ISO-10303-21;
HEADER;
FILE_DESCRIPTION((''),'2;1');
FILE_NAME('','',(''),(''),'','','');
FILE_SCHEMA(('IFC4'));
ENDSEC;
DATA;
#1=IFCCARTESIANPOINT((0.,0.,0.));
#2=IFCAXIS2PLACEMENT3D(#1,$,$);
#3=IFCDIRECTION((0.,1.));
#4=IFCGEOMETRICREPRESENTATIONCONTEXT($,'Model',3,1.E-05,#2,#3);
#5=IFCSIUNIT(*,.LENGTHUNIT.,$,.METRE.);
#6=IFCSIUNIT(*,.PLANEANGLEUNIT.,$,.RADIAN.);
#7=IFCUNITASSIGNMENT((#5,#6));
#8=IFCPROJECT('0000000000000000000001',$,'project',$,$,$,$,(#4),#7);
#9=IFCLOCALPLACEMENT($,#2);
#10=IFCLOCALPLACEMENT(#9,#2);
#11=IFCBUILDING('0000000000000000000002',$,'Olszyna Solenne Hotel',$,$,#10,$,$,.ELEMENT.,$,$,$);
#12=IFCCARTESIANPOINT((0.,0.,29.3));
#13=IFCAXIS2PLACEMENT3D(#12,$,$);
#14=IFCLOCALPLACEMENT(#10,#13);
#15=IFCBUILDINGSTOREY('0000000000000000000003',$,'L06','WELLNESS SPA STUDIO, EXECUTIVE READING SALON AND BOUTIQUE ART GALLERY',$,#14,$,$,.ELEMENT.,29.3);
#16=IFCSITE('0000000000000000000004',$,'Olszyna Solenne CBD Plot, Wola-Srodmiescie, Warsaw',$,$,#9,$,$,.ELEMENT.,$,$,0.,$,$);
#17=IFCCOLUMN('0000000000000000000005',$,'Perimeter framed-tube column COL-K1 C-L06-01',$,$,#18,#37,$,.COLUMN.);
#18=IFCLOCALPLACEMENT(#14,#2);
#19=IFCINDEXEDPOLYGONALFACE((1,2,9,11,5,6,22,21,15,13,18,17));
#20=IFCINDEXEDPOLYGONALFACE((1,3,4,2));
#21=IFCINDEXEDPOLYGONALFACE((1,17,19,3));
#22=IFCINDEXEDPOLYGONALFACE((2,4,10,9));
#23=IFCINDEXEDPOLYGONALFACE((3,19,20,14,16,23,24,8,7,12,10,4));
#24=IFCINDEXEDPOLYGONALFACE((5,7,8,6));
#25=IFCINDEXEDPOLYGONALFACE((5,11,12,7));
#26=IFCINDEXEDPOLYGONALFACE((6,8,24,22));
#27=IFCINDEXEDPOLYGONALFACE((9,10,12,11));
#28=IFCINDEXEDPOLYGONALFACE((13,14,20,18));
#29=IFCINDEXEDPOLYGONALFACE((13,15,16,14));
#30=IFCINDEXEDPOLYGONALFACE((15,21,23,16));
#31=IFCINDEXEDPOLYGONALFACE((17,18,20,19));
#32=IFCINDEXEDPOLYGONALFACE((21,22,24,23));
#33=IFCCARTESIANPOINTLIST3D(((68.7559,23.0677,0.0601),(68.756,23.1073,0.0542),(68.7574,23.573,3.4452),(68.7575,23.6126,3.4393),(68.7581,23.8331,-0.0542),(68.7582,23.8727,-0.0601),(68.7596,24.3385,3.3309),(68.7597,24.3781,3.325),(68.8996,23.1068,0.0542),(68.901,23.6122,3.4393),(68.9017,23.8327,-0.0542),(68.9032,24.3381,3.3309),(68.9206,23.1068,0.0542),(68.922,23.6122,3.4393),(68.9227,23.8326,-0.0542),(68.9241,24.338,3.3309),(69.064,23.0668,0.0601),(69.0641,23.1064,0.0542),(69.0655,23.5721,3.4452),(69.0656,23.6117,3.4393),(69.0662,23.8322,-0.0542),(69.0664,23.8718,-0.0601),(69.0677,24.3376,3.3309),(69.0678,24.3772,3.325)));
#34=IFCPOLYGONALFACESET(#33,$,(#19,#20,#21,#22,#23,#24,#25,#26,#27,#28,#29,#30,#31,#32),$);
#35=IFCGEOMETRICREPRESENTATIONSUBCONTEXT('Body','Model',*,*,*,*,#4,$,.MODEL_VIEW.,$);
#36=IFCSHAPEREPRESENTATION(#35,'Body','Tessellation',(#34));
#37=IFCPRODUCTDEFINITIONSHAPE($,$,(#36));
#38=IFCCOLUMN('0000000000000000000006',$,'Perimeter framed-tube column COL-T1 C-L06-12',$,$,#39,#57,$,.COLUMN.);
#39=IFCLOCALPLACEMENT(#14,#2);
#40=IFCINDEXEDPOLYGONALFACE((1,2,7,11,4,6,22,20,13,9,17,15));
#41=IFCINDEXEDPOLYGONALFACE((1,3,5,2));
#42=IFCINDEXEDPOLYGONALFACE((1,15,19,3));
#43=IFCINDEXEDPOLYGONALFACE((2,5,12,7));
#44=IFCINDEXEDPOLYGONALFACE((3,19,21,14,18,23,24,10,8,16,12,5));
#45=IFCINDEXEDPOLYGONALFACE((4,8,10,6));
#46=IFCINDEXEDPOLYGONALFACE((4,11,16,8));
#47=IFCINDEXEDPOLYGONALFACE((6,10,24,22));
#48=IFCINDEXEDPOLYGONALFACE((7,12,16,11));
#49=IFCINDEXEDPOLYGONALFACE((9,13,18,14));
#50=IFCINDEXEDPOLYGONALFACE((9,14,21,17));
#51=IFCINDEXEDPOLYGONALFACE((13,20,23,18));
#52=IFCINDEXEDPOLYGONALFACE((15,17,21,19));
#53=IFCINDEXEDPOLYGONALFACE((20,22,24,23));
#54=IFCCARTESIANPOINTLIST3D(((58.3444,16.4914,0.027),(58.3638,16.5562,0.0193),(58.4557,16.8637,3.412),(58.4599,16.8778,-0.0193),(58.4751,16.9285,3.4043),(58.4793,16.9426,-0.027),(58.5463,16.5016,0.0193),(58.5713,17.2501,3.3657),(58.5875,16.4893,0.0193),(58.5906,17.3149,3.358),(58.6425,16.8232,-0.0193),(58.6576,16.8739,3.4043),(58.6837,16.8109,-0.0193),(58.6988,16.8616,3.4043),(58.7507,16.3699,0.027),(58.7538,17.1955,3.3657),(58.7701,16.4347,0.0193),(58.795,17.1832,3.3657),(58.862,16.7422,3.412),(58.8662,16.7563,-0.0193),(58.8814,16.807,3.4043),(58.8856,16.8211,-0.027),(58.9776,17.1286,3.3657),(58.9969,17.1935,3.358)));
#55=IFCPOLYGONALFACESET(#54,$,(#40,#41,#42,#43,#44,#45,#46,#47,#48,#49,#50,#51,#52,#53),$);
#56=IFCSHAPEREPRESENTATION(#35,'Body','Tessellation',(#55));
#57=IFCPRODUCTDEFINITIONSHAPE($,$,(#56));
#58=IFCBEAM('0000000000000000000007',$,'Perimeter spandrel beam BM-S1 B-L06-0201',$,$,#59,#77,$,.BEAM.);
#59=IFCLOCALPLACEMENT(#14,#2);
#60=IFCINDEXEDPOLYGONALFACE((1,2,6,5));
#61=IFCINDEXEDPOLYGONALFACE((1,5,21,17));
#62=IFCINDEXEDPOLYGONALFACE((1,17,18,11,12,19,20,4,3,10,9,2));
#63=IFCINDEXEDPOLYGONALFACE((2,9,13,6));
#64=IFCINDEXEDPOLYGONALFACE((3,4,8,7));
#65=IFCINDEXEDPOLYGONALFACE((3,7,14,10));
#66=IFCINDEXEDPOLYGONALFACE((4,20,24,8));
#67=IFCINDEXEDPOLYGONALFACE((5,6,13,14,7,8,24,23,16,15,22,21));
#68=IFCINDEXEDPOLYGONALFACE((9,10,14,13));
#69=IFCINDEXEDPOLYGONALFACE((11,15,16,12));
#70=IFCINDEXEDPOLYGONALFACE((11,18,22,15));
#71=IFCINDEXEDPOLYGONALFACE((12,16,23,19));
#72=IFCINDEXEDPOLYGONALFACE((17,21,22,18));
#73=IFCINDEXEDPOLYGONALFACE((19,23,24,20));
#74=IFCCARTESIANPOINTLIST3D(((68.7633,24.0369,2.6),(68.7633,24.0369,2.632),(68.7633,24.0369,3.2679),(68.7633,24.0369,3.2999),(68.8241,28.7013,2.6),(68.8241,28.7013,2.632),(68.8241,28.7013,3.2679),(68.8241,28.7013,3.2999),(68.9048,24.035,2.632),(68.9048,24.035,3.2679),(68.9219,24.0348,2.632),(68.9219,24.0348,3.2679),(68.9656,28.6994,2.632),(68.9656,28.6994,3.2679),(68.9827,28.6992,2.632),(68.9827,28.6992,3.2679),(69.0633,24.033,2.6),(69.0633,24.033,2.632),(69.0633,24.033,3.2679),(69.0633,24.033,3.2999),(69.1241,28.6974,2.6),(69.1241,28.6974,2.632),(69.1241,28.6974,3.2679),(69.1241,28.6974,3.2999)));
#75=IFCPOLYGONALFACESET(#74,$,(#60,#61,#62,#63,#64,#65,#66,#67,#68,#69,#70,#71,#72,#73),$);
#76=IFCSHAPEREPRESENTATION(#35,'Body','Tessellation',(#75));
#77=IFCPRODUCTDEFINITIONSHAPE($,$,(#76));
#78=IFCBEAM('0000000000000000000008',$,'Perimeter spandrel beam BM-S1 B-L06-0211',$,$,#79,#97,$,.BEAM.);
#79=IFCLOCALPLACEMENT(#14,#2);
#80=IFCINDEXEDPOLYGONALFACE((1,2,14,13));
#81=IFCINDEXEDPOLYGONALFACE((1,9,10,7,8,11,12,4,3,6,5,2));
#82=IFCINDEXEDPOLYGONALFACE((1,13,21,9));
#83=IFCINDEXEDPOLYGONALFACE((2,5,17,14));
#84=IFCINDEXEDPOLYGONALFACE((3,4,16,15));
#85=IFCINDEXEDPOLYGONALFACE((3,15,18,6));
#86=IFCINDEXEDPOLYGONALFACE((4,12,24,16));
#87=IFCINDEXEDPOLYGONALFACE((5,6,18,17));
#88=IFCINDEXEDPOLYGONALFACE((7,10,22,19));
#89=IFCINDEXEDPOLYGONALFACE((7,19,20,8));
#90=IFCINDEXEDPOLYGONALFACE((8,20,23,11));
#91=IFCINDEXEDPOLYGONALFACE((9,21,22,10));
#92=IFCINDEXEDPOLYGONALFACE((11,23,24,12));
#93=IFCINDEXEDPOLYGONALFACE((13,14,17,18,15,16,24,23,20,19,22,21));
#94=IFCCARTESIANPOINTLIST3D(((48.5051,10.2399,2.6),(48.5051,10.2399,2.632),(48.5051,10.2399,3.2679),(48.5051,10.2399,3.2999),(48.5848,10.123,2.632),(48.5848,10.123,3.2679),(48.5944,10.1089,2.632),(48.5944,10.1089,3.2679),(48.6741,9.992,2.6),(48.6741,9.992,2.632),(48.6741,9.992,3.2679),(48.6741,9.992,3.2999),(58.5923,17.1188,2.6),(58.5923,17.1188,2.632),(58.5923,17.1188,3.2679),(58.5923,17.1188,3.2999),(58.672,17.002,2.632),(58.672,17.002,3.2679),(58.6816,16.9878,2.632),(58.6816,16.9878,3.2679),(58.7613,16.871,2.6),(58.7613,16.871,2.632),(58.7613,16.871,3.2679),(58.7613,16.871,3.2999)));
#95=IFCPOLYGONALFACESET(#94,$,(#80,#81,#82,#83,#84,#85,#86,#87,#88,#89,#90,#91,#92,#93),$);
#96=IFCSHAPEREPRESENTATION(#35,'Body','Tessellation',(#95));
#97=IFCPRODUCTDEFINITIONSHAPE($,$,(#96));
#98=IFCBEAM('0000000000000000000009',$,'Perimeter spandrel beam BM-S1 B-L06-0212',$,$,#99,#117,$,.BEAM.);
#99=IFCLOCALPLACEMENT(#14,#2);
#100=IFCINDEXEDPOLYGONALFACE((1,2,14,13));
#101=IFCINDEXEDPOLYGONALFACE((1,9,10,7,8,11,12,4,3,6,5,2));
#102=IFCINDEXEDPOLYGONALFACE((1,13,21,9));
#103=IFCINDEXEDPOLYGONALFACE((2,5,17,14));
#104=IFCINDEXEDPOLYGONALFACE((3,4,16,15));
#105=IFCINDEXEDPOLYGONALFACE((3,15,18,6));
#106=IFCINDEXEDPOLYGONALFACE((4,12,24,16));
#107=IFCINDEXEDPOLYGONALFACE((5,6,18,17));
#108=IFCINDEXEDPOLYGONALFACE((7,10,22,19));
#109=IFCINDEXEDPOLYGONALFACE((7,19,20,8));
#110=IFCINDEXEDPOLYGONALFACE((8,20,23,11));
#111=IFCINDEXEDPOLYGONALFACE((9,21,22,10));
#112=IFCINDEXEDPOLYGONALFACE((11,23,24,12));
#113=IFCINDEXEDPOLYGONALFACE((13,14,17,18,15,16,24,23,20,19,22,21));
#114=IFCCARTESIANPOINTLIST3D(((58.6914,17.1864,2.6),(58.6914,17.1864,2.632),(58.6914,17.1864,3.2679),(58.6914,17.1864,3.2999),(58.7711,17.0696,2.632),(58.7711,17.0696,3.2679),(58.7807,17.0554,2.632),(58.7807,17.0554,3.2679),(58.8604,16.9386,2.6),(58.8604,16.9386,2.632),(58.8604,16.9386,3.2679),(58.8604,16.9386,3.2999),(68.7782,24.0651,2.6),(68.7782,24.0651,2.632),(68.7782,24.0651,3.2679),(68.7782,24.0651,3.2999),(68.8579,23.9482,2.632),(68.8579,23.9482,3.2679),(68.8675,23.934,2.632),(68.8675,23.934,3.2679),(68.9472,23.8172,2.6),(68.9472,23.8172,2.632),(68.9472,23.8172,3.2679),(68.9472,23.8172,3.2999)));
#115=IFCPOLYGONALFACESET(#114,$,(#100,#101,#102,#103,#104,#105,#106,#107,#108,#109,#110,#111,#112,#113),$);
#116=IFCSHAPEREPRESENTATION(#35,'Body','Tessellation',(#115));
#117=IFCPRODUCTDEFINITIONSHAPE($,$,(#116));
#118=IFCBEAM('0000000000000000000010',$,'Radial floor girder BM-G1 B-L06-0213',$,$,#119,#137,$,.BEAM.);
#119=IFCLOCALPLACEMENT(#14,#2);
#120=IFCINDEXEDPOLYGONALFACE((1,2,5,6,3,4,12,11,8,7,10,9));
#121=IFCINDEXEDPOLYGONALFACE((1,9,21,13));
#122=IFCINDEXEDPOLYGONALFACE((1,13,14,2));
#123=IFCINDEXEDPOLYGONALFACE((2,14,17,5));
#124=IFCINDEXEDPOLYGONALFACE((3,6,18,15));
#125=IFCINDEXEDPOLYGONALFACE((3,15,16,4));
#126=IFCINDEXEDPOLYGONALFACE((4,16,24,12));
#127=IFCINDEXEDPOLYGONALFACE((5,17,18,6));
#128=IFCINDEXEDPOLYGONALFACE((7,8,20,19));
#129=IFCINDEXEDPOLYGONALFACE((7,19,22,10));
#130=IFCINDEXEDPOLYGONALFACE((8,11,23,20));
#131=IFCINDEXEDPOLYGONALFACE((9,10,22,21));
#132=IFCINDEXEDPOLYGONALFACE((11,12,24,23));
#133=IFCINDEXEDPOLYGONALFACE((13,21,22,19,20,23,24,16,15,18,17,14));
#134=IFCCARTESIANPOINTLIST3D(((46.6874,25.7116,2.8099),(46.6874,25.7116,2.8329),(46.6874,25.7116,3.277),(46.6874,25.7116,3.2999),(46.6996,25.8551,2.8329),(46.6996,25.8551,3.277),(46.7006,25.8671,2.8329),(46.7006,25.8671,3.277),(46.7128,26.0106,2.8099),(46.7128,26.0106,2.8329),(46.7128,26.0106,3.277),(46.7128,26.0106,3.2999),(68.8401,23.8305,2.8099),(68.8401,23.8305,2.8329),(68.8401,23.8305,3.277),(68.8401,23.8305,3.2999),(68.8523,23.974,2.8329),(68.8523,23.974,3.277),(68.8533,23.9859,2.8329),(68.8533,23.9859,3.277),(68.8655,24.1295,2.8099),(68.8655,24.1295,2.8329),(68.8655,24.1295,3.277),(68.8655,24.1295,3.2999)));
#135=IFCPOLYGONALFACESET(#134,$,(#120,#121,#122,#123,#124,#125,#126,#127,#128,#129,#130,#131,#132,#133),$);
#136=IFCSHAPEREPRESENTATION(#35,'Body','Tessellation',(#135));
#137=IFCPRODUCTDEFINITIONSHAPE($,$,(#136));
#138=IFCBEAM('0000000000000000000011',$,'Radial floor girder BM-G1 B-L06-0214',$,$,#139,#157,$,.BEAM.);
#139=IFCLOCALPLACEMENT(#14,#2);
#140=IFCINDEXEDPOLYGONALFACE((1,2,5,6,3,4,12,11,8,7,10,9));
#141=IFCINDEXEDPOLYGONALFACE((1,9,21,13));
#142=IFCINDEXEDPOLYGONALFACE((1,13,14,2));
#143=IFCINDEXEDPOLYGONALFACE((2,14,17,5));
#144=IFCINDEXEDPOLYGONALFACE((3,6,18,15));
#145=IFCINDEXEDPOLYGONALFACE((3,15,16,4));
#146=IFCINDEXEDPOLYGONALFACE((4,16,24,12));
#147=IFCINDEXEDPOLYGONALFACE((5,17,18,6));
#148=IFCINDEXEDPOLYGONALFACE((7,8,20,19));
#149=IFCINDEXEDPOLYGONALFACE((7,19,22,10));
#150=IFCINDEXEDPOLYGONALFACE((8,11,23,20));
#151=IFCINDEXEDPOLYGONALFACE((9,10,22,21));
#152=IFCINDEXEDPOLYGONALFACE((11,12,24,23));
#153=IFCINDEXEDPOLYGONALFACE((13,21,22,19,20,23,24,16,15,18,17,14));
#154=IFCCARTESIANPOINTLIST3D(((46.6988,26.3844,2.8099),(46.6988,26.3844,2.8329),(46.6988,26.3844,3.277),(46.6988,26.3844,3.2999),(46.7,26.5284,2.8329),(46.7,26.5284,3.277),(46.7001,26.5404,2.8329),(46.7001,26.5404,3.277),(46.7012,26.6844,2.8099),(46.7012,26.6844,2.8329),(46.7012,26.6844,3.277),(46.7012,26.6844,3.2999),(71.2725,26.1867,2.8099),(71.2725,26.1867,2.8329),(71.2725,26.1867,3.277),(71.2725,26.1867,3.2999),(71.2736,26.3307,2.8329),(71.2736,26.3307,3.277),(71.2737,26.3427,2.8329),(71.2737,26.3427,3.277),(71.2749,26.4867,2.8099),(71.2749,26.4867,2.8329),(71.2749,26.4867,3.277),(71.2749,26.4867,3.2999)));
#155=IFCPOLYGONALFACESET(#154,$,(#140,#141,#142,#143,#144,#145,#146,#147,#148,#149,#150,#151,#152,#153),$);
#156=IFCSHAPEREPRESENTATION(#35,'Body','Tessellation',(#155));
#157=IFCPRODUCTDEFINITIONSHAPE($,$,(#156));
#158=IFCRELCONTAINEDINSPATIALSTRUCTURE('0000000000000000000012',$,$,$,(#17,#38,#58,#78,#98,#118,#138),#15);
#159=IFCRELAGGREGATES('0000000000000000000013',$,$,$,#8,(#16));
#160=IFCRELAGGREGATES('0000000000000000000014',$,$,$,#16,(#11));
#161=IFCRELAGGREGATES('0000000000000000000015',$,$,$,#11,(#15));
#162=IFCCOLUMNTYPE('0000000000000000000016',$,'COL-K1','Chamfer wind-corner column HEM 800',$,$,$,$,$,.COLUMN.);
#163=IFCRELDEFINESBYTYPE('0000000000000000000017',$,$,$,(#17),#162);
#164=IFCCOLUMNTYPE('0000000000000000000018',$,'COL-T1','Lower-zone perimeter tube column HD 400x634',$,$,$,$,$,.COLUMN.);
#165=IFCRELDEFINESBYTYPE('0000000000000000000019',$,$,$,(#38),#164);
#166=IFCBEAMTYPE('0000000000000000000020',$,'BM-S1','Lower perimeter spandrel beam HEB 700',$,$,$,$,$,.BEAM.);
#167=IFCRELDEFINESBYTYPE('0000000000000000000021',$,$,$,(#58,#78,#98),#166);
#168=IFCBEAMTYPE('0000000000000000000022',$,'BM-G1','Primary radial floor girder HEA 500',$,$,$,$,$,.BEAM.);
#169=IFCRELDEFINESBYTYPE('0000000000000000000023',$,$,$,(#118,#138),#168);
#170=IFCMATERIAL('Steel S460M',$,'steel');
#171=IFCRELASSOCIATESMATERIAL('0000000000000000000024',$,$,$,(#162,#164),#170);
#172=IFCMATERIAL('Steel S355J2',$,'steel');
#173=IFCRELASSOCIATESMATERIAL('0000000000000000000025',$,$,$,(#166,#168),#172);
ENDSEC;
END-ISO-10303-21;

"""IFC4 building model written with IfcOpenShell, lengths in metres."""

from ifc_helpers import new_model, si_unit, direction, frame, origin, origin_2d, place, context, subcontext, project, spatial, i_section, extrude, source, transform, mapped, material, material_profile, profile_set, type_object, element, save


model = new_model("IFC4")

# Units and contexts
model_context = context("Model", 3, precision=1e-05, world=origin(), true_north=direction((0.0, 1.0)))
body_context = subcontext(model_context, "Body", "Model", "MODEL_VIEW")
ifc_project = project(units=[si_unit("LENGTHUNIT", "METRE"), si_unit("PLANEANGLEUNIT", "RADIAN")], contexts=[model_context])

# Site, building, storey
site_placement = place(None, origin())
site = spatial("IfcSite", under=ifc_project, at=site_placement, Name="Olszyna Solenne CBD Plot, Wola-Srodmiescie, Warsaw", CompositionType="ELEMENT", RefElevation=0.0)
building_placement = place(site_placement, origin())
building = spatial("IfcBuilding", under=site, at=building_placement, Name="Olszyna Solenne Hotel", CompositionType="ELEMENT")
storey_placement = place(building_placement, frame((0.0, 0.0, 29.3)))
storey = spatial("IfcBuildingStorey", under=building, at=storey_placement, Name="L06", Description="WELLNESS SPA STUDIO, EXECUTIVE READING SALON AND BOUTIQUE ART GALLERY", CompositionType="ELEMENT", Elevation=29.3)

# Columns
ifc_material_1 = material(Name="Steel S460M", Category="steel")
ifc_material_profile_1 = material_profile(ifc_material_1, i_section(OverallWidth=0.3081, OverallDepth=0.814, WebThickness=0.021, FlangeThickness=0.04, at=origin_2d()), Name="HEM 800", Category="load-bearing")
ifc_profile_set_1 = profile_set([ifc_material_profile_1], Name="Steel S460M")
column_type_1 = type_object("IfcColumnType", Name="COL-K1", Description="Chamfer wind-corner column HEM 800", PredefinedType="COLUMN", material=ifc_profile_set_1)
shared_shape_1 = source(origin(), body_context, "Body", "SweptSolid", [
    extrude(i_section(OverallWidth=0.3081, OverallDepth=0.814, WebThickness=0.021, FlangeThickness=0.04, at=origin_2d()), origin(), (0.0, 0.0, 1.0), 3.4226),
])
column_1_placement = place(storey_placement, frame((68.9111, 23.4697, 0.0), z_axis=(0.000428, 0.14766, 0.989038), x_axis=(-0.999996, 0.002899, 0.0)))
element("IfcColumn", 1, at=column_1_placement, inside=storey, type_object=column_type_1, Name="Perimeter framed-tube column COL-K1 C-L06-01", PredefinedType="COLUMN", context=body_context, shape_type="MappedRepresentation", body=[
    mapped(shared_shape_1, transform((0.0, 0.0, 0.0), x_axis=(1.0, 0.0, 0.0), y_axis=(0.0, 1.0, 0.0), z_axis=(0.0, 0.0, 1.0), scale=1.0)),
])
ifc_material_profile_2 = material_profile(ifc_material_1, i_section(OverallWidth=0.4241, OverallDepth=0.4741, WebThickness=0.043, FlangeThickness=0.0681, at=origin_2d()), Name="HD 400x634", Category="load-bearing")
ifc_profile_set_2 = profile_set([ifc_material_profile_2], Name="Steel S460M")
column_type_2 = type_object("IfcColumnType", Name="COL-T1", Description="Lower-zone perimeter tube column HD 400x634", PredefinedType="COLUMN", material=ifc_profile_set_2)
shared_shape_2 = source(origin(), body_context, "Body", "SweptSolid", [
    extrude(i_section(OverallWidth=0.4241, OverallDepth=0.4741, WebThickness=0.043, FlangeThickness=0.0681, at=origin_2d()), origin(), (0.0, 0.0, 1.0), 3.4072),
])
column_2_placement = place(storey_placement, frame((58.615, 16.6562, 0.0), z_axis=(0.032674, 0.109271, 0.993475), x_axis=(-0.958085, 0.286483, 0.0)))
element("IfcColumn", 2, at=column_2_placement, inside=storey, type_object=column_type_2, Name="Perimeter framed-tube column COL-T1 C-L06-12", PredefinedType="COLUMN", context=body_context, shape_type="MappedRepresentation", body=[
    mapped(shared_shape_2, transform((0.0, 0.0, 0.0), x_axis=(1.0, 0.0, 0.0), y_axis=(0.0, 1.0, 0.0), z_axis=(0.0, 0.0, 1.0), scale=1.0)),
])

# Beams
ifc_material_2 = material(Name="Steel S355J2", Category="steel")
ifc_material_profile_3 = material_profile(ifc_material_2, i_section(OverallWidth=0.3, OverallDepth=0.7, WebThickness=0.0171, FlangeThickness=0.032, at=origin_2d()), Name="HEB 700", Category="load-bearing")
ifc_profile_set_3 = profile_set([ifc_material_profile_3], Name="Steel S355J2")
beam_type_1 = type_object("IfcBeamType", Name="BM-S1", Description="Lower perimeter spandrel beam HEB 700", PredefinedType="BEAM", material=ifc_profile_set_3)
shared_shape_3 = source(origin(), body_context, "Body", "SweptSolid", [
    extrude(i_section(OverallWidth=0.3, OverallDepth=0.7, WebThickness=0.0171, FlangeThickness=0.032, at=origin_2d()), origin(), (0.0, 0.0, 1.0), 4.6648),
])
beam_1_placement = place(storey_placement, frame((68.9133, 24.0349, 2.95), z_axis=(0.013032, 0.999915, 0.0), x_axis=(-0.999915, 0.013032, 0.0)))
element("IfcBeam", 3, at=beam_1_placement, inside=storey, type_object=beam_type_1, Name="Perimeter spandrel beam BM-S1 B-L06-0201", PredefinedType="BEAM", context=body_context, shape_type="MappedRepresentation", body=[
    mapped(shared_shape_3, transform((0.0, 0.0, 0.0), x_axis=(1.0, 0.0, 0.0), y_axis=(0.0, 1.0, 0.0), z_axis=(0.0, 0.0, 1.0), scale=1.0)),
])
shared_shape_4 = source(origin(), body_context, "Body", "SweptSolid", [
    extrude(i_section(OverallWidth=0.3, OverallDepth=0.7, WebThickness=0.0171, FlangeThickness=0.032, at=origin_2d()), origin(), (0.0, 0.0, 1.0), 12.2095),
])
beam_2_placement = place(storey_placement, frame((48.5896, 10.116, 2.95), z_axis=(0.826178, 0.563409, 0.0), x_axis=(-0.563409, 0.826178, 0.0)))
element("IfcBeam", 4, at=beam_2_placement, inside=storey, type_object=beam_type_1, Name="Perimeter spandrel beam BM-S1 B-L06-0211", PredefinedType="BEAM", context=body_context, shape_type="MappedRepresentation", body=[
    mapped(shared_shape_4, transform((0.0, 0.0, 0.0), x_axis=(1.0, 0.0, 0.0), y_axis=(0.0, 1.0, 0.0), z_axis=(0.0, 0.0, 1.0), scale=1.0)),
])
shared_shape_5 = source(origin(), body_context, "Body", "SweptSolid", [
    extrude(i_section(OverallWidth=0.3, OverallDepth=0.7, WebThickness=0.0171, FlangeThickness=0.032, at=origin_2d()), origin(), (0.0, 0.0, 1.0), 12.209),
])
beam_3_placement = place(storey_placement, frame((58.7759, 17.0625, 2.95), z_axis=(0.826181, 0.563405, 0.0), x_axis=(-0.563405, 0.826181, 0.0)))
element("IfcBeam", 5, at=beam_3_placement, inside=storey, type_object=beam_type_1, Name="Perimeter spandrel beam BM-S1 B-L06-0212", PredefinedType="BEAM", context=body_context, shape_type="MappedRepresentation", body=[
    mapped(shared_shape_5, transform((0.0, 0.0, 0.0), x_axis=(1.0, 0.0, 0.0), y_axis=(0.0, 1.0, 0.0), z_axis=(0.0, 0.0, 1.0), scale=1.0)),
])
ifc_material_profile_4 = material_profile(ifc_material_2, i_section(OverallWidth=0.3, OverallDepth=0.49, WebThickness=0.012, FlangeThickness=0.0229, at=origin_2d()), Name="HEA 500", Category="load-bearing")
ifc_profile_set_4 = profile_set([ifc_material_profile_4], Name="Steel S355J2")
beam_type_2 = type_object("IfcBeamType", Name="BM-G1", Description="Primary radial floor girder HEA 500", PredefinedType="BEAM", material=ifc_profile_set_4)
shared_shape_6 = source(origin(), body_context, "Body", "SweptSolid", [
    extrude(i_section(OverallWidth=0.3, OverallDepth=0.49, WebThickness=0.012, FlangeThickness=0.0229, at=origin_2d()), origin(), (0.0, 0.0, 1.0), 22.2324),
])
beam_4_placement = place(storey_placement, frame((68.8528, 23.98, 3.0549), z_axis=(-0.996414, 0.084611, 0.0), x_axis=(-0.084611, -0.996414, 0.0)))
element("IfcBeam", 6, at=beam_4_placement, inside=storey, type_object=beam_type_2, Name="Radial floor girder BM-G1 B-L06-0213", PredefinedType="BEAM", context=body_context, shape_type="MappedRepresentation", body=[
    mapped(shared_shape_6, transform((0.0, 0.0, 0.0), x_axis=(1.0, 0.0, 0.0), y_axis=(0.0, 1.0, 0.0), z_axis=(0.0, 0.0, 1.0), scale=1.0)),
])
shared_shape_7 = source(origin(), body_context, "Body", "SweptSolid", [
    extrude(i_section(OverallWidth=0.3, OverallDepth=0.49, WebThickness=0.012, FlangeThickness=0.0229, at=origin_2d()), origin(), (0.0, 0.0, 1.0), 24.5745),
])
beam_5_placement = place(storey_placement, frame((71.2737, 26.3367, 3.0549), z_axis=(-0.999968, 0.008047, 0.0), x_axis=(-0.008047, -0.999968, 0.0)))
element("IfcBeam", 7, at=beam_5_placement, inside=storey, type_object=beam_type_2, Name="Radial floor girder BM-G1 B-L06-0214", PredefinedType="BEAM", context=body_context, shape_type="MappedRepresentation", body=[
    mapped(shared_shape_7, transform((0.0, 0.0, 0.0), x_axis=(1.0, 0.0, 0.0), y_axis=(0.0, 1.0, 0.0), z_axis=(0.0, 0.0, 1.0), scale=1.0)),
])

save(model, "model.ifc")
